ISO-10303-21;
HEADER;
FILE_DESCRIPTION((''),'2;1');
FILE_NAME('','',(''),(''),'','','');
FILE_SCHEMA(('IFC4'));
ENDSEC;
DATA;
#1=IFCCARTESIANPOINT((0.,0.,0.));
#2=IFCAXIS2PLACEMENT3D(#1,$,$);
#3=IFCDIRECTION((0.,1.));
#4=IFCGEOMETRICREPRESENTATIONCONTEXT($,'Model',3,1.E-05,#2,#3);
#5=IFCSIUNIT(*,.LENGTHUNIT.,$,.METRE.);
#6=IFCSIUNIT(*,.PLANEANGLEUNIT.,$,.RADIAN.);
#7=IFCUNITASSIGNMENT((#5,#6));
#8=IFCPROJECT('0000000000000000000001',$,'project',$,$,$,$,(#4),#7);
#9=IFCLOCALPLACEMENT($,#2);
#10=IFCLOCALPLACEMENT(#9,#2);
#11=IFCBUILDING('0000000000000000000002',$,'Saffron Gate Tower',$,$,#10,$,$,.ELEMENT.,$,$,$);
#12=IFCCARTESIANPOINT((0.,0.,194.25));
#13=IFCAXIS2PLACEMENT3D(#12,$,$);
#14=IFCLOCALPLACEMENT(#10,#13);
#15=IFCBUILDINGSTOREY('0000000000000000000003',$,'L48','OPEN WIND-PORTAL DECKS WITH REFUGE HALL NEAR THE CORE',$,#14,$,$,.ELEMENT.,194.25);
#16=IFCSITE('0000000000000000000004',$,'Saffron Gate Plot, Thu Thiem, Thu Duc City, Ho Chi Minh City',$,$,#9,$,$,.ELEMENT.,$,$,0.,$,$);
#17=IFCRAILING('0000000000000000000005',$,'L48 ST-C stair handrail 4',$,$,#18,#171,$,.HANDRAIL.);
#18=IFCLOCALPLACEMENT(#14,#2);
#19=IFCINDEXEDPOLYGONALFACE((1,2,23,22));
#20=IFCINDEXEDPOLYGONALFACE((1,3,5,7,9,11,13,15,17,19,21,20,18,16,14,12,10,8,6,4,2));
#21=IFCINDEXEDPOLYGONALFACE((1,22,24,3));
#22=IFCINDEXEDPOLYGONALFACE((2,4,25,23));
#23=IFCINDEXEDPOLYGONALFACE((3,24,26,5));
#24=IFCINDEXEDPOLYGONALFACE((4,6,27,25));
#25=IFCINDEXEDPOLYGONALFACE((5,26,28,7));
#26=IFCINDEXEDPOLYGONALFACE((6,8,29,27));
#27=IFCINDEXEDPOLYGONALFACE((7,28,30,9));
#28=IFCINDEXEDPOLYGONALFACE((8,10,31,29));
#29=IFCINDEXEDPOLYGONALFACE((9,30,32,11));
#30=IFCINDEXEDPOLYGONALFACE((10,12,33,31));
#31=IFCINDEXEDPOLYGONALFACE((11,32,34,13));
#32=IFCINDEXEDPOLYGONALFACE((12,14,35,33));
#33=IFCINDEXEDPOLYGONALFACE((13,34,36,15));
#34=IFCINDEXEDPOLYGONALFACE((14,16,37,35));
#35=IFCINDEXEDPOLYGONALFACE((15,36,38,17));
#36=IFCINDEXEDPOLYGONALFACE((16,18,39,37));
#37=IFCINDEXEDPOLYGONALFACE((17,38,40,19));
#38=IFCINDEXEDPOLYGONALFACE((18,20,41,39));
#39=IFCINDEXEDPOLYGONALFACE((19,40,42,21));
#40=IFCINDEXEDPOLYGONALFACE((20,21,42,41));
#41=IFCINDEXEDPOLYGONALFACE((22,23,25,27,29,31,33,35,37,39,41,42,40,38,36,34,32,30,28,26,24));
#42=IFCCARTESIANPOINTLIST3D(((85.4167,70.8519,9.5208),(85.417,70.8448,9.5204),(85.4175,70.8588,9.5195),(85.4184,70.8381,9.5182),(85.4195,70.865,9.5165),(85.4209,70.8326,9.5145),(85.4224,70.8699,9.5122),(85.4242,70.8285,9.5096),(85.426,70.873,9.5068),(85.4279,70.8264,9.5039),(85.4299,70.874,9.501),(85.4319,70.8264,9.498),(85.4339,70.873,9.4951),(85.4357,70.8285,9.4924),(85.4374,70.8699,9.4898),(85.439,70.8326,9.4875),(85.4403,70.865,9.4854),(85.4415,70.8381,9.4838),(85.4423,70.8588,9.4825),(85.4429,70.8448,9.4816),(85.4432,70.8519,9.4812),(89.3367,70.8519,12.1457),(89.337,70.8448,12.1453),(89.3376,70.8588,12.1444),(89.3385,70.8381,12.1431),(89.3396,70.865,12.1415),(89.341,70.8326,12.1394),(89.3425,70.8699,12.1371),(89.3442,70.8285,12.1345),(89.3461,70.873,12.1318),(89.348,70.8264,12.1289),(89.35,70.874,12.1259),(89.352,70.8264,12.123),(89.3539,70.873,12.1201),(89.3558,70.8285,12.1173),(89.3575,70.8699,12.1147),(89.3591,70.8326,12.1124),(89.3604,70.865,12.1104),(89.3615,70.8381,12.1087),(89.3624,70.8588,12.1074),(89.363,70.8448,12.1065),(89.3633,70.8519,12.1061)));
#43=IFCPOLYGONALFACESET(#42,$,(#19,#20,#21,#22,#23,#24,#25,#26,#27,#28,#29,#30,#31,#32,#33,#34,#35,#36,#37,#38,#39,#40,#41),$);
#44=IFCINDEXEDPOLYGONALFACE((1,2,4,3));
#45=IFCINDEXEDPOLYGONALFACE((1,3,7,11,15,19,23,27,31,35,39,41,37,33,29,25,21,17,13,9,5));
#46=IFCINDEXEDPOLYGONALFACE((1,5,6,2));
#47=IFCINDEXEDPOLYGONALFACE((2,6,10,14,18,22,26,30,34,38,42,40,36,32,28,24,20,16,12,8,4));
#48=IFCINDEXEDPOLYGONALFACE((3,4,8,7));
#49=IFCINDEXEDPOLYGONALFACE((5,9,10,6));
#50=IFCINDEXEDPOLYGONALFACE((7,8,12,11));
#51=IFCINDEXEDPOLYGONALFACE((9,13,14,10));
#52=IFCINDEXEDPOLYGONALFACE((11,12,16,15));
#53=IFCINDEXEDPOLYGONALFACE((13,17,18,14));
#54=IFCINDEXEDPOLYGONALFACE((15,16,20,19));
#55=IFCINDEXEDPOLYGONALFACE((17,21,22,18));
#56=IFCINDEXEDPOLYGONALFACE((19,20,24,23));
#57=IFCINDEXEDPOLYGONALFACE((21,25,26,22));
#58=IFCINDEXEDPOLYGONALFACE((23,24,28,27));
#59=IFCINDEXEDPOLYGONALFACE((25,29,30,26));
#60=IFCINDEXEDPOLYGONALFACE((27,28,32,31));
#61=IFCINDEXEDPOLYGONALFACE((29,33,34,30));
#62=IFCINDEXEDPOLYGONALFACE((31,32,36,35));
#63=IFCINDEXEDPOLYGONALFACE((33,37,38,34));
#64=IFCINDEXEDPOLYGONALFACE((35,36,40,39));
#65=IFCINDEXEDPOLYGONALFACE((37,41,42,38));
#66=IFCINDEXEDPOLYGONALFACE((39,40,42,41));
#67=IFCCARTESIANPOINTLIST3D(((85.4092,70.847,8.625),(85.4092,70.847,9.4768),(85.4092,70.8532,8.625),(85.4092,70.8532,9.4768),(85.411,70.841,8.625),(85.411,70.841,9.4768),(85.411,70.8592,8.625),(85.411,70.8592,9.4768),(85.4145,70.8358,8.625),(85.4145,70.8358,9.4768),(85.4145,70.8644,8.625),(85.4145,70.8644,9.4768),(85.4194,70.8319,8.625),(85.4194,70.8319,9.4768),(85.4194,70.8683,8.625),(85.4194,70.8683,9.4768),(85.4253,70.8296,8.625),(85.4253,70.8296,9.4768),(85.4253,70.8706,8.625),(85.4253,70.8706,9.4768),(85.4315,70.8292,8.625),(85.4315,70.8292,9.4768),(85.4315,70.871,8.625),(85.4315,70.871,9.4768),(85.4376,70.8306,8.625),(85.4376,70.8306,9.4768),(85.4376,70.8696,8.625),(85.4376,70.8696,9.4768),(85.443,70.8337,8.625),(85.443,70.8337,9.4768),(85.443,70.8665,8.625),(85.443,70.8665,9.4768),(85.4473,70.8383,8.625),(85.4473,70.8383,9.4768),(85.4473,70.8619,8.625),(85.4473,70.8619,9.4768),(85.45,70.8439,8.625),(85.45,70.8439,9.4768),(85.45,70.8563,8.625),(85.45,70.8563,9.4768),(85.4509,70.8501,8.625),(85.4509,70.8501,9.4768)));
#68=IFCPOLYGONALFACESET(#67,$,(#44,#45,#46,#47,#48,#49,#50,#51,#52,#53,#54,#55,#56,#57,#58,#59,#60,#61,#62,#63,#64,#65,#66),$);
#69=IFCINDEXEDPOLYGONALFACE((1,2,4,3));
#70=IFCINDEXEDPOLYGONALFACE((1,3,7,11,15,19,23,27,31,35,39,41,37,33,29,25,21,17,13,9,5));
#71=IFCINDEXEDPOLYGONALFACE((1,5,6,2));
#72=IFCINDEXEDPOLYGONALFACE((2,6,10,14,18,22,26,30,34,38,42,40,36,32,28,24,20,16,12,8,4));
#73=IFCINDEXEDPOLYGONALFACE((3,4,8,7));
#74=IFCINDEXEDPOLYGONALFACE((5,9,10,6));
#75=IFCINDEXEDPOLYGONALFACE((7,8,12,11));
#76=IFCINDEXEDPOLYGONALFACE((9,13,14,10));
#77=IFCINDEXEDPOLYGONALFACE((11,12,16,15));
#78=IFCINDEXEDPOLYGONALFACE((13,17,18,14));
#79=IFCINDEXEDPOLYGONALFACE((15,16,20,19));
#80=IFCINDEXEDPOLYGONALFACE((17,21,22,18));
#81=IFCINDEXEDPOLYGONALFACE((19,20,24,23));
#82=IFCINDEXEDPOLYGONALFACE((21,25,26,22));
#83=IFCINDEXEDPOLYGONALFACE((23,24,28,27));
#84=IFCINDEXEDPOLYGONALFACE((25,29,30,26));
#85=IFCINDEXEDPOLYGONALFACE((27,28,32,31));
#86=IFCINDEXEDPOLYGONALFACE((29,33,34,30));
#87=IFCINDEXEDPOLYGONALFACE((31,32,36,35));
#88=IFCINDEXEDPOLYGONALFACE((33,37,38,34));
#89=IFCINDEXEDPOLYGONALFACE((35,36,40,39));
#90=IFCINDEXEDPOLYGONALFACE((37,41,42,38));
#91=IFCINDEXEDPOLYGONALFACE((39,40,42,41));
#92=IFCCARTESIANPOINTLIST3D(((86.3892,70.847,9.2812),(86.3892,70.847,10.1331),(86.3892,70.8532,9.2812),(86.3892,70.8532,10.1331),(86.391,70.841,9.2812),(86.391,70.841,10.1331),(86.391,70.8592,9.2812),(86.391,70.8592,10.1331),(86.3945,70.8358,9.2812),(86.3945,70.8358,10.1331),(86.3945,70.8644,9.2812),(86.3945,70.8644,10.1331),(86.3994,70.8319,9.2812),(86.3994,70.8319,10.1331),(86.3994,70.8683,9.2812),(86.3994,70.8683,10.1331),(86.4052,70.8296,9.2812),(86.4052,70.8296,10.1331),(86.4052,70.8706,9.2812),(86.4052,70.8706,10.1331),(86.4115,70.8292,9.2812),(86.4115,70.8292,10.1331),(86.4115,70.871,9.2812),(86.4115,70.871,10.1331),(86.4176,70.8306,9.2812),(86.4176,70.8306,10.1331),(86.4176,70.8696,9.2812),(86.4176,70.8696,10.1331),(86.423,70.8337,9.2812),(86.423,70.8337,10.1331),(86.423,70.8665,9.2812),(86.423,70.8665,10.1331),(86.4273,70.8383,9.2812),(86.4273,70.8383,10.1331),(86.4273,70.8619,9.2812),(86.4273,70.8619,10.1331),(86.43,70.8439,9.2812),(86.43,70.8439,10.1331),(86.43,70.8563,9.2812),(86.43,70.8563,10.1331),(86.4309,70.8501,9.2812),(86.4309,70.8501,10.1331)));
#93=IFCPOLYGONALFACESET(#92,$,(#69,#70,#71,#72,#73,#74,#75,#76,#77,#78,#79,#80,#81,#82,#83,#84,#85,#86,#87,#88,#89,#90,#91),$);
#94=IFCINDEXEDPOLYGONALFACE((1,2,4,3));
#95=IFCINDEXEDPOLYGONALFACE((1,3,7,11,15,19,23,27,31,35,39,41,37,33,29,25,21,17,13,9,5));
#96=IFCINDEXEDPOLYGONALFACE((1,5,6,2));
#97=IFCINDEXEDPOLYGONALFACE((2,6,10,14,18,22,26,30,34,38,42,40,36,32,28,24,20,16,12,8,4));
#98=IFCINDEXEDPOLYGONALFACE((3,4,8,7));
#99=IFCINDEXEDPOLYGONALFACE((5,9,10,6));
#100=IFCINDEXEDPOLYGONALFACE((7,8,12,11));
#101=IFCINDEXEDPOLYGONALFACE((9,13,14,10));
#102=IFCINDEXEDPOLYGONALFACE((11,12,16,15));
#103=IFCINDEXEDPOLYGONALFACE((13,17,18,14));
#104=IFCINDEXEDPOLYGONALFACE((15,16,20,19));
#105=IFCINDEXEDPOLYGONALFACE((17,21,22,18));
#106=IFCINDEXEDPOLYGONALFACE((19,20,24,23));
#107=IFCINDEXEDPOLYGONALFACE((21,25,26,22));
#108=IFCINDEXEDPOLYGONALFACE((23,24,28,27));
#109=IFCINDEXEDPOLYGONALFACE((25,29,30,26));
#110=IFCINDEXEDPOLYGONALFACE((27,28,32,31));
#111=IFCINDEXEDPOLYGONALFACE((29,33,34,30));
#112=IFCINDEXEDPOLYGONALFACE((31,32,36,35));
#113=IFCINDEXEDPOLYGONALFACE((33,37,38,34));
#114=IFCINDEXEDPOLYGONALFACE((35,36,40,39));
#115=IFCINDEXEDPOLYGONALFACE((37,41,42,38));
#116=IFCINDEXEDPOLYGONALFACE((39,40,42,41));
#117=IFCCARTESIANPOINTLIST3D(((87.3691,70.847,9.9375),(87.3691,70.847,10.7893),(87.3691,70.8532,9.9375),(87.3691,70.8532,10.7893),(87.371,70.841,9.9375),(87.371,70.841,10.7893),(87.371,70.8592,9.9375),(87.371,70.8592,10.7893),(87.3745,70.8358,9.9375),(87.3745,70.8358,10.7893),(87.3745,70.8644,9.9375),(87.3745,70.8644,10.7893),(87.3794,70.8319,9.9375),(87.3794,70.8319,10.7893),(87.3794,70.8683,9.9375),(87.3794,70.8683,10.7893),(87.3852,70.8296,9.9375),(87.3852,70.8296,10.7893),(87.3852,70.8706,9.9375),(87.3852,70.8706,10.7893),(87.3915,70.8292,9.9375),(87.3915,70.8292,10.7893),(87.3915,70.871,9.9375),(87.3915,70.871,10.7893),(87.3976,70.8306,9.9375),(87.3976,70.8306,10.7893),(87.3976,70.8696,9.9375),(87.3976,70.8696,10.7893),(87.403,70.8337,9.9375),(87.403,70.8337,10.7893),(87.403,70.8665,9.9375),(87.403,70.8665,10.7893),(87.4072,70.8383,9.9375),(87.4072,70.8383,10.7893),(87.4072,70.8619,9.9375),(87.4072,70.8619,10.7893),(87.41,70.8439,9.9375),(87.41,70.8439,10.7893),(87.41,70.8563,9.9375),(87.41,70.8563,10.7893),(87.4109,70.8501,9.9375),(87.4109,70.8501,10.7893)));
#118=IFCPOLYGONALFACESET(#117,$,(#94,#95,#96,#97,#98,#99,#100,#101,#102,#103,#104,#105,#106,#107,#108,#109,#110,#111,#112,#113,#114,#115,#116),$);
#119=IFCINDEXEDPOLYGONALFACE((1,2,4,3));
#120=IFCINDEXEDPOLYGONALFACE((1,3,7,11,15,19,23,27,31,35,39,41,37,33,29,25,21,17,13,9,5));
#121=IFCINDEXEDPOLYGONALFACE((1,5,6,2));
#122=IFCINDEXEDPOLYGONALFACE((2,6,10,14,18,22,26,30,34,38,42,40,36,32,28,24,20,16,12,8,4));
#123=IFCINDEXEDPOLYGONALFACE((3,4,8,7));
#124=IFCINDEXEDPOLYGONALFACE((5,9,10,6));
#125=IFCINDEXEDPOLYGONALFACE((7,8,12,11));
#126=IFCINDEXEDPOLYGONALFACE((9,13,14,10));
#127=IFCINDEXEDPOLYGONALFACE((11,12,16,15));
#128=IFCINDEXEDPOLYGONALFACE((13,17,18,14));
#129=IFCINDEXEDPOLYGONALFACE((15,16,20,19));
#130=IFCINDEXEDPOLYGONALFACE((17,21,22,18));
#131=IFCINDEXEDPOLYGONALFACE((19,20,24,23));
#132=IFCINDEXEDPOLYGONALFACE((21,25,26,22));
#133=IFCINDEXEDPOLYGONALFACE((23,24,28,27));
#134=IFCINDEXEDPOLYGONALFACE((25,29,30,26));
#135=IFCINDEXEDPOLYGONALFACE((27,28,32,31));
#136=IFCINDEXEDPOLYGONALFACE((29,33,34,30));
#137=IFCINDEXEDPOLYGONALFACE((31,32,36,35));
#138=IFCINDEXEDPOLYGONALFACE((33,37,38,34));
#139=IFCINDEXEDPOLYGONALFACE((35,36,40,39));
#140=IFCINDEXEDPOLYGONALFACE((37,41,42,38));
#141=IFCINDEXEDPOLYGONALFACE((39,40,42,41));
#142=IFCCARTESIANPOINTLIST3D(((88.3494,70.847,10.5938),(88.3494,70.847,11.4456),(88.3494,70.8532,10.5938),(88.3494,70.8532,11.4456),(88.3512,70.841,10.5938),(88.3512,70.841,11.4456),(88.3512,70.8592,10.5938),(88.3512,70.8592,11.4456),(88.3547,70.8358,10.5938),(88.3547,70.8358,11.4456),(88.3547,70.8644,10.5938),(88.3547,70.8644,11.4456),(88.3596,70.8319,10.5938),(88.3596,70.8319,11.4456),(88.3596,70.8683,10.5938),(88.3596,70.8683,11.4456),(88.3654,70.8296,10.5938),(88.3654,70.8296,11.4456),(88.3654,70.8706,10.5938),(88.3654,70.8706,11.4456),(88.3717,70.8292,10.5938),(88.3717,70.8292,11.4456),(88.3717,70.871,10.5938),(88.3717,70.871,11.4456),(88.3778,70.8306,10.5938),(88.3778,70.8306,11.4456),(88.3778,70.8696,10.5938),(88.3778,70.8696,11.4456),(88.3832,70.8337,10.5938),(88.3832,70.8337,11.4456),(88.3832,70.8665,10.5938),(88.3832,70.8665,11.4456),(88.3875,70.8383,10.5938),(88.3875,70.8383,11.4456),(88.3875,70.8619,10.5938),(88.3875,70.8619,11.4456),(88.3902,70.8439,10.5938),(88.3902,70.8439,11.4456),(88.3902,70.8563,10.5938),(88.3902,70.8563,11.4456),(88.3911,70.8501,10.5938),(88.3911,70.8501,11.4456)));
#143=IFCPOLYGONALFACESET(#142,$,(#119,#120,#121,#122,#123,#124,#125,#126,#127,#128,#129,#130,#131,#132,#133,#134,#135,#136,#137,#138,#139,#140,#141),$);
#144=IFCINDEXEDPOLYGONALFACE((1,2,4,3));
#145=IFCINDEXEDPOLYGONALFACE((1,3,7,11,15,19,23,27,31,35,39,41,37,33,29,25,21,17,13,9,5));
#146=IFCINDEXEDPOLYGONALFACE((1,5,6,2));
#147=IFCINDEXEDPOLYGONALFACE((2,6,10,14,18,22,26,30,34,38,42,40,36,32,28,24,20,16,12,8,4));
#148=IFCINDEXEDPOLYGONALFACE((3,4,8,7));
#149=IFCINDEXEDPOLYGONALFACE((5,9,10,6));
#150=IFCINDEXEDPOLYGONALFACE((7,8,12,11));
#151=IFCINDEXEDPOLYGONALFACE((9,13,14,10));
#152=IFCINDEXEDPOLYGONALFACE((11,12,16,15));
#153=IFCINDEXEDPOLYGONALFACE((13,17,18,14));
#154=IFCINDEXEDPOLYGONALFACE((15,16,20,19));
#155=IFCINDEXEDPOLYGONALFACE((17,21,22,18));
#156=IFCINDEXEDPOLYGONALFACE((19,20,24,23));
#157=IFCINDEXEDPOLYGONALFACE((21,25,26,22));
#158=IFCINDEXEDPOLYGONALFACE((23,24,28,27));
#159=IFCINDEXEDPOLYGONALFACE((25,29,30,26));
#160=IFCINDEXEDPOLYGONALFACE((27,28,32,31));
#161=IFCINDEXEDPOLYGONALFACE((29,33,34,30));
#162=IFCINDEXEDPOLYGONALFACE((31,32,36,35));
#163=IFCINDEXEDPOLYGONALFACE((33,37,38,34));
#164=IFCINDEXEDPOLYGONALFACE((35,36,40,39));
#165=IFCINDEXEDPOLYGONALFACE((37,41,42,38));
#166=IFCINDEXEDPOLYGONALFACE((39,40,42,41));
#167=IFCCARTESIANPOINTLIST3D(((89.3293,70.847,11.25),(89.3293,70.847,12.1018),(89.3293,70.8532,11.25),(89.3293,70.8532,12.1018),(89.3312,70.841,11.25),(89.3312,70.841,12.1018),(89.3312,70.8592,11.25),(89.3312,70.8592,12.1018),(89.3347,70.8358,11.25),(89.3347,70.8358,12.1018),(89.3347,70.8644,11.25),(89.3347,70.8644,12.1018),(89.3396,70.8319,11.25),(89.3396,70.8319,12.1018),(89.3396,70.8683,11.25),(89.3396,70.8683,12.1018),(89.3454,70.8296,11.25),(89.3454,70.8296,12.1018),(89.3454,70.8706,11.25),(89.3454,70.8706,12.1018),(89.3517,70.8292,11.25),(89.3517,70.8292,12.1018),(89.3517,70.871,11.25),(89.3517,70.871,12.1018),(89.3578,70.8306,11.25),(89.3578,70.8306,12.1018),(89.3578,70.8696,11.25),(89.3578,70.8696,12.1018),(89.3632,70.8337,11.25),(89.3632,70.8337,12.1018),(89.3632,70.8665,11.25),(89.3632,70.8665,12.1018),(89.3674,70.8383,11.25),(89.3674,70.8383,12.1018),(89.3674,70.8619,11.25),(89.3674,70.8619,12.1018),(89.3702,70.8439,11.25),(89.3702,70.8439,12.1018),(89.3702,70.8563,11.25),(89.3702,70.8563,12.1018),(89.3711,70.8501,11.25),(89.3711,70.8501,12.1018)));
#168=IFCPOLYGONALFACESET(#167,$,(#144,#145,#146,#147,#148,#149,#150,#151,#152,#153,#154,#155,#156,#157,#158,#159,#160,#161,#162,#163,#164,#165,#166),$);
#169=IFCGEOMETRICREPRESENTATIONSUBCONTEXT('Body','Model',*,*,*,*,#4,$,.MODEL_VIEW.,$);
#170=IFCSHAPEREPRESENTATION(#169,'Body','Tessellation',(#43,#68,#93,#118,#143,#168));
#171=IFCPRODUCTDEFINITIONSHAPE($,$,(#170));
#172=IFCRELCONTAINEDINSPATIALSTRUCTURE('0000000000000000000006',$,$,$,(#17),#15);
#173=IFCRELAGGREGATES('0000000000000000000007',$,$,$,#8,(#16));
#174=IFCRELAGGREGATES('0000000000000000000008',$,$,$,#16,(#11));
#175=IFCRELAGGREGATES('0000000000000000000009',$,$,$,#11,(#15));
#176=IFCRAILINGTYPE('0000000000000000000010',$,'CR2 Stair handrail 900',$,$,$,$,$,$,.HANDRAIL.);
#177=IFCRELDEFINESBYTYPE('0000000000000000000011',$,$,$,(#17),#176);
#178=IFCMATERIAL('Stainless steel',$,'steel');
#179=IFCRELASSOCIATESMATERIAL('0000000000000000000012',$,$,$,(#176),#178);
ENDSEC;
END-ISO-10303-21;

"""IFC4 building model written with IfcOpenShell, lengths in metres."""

from ifc_helpers import new_model, si_unit, direction, frame, origin, origin_2d, place, context, subcontext, project, spatial, circle, extrude, material, type_object, element, save


model = new_model("IFC4")

# Units and contexts
model_context = context("Model", 3, precision=1e-05, world=origin(), true_north=direction((0.0, 1.0)))
body_context = subcontext(model_context, "Body", "Model", "MODEL_VIEW")
ifc_project = project(units=[si_unit("LENGTHUNIT", "METRE"), si_unit("PLANEANGLEUNIT", "RADIAN")], contexts=[model_context])

# Site, building, storey
site_placement = place(None, origin())
site = spatial("IfcSite", under=ifc_project, at=site_placement, Name="Saffron Gate Plot, Thu Thiem, Thu Duc City, Ho Chi Minh City", CompositionType="ELEMENT", RefElevation=0.0)
building_placement = place(site_placement, origin())
building = spatial("IfcBuilding", under=site, at=building_placement, Name="Saffron Gate Tower", CompositionType="ELEMENT")
storey_placement = place(building_placement, frame((0.0, 0.0, 194.25)))
storey = spatial("IfcBuildingStorey", under=building, at=storey_placement, Name="L48", Description="OPEN WIND-PORTAL DECKS WITH REFUGE HALL NEAR THE CORE", CompositionType="ELEMENT", Elevation=194.25)

# Railing
ifc_material_1 = material(Name="Stainless steel", Category="steel")
railing_type_1 = type_object("IfcRailingType", Name="CR2 Stair handrail 900", PredefinedType="HANDRAIL", material=ifc_material_1)
railing_1_placement = place(storey_placement, frame((85.4299, 70.8501, 8.625)))
element("IfcRailing", 1, at=railing_1_placement, inside=storey, type_object=railing_type_1, Name="L48 ST-C stair handrail 4", PredefinedType="HANDRAIL", context=body_context, shape_type="SweptSolid", body=[
    extrude(circle(Radius=0.0239, at=origin_2d()), frame((0.0, 0.0, 0.876), z_axis=(0.830918, 0.0, 0.556395), x_axis=(0.0, 1.0, 0.0)), (0.0, 0.0, 1.0), 4.7178),
    extrude(circle(Radius=0.021, at=origin_2d()), origin(), (0.0, 0.0, 1.0), 0.8518),
    extrude(circle(Radius=0.021, at=origin_2d()), frame((0.98, 0.0, 0.6562)), (0.0, 0.0, 1.0), 0.8518),
    extrude(circle(Radius=0.021, at=origin_2d()), frame((1.96, 0.0, 1.3125)), (0.0, 0.0, 1.0), 0.8518),
    extrude(circle(Radius=0.021, at=origin_2d()), frame((2.9402, 0.0, 1.9688)), (0.0, 0.0, 1.0), 0.8518),
    extrude(circle(Radius=0.021, at=origin_2d()), frame((3.9202, 0.0, 2.625)), (0.0, 0.0, 1.0), 0.8518),
])

save(model, "model.ifc")
